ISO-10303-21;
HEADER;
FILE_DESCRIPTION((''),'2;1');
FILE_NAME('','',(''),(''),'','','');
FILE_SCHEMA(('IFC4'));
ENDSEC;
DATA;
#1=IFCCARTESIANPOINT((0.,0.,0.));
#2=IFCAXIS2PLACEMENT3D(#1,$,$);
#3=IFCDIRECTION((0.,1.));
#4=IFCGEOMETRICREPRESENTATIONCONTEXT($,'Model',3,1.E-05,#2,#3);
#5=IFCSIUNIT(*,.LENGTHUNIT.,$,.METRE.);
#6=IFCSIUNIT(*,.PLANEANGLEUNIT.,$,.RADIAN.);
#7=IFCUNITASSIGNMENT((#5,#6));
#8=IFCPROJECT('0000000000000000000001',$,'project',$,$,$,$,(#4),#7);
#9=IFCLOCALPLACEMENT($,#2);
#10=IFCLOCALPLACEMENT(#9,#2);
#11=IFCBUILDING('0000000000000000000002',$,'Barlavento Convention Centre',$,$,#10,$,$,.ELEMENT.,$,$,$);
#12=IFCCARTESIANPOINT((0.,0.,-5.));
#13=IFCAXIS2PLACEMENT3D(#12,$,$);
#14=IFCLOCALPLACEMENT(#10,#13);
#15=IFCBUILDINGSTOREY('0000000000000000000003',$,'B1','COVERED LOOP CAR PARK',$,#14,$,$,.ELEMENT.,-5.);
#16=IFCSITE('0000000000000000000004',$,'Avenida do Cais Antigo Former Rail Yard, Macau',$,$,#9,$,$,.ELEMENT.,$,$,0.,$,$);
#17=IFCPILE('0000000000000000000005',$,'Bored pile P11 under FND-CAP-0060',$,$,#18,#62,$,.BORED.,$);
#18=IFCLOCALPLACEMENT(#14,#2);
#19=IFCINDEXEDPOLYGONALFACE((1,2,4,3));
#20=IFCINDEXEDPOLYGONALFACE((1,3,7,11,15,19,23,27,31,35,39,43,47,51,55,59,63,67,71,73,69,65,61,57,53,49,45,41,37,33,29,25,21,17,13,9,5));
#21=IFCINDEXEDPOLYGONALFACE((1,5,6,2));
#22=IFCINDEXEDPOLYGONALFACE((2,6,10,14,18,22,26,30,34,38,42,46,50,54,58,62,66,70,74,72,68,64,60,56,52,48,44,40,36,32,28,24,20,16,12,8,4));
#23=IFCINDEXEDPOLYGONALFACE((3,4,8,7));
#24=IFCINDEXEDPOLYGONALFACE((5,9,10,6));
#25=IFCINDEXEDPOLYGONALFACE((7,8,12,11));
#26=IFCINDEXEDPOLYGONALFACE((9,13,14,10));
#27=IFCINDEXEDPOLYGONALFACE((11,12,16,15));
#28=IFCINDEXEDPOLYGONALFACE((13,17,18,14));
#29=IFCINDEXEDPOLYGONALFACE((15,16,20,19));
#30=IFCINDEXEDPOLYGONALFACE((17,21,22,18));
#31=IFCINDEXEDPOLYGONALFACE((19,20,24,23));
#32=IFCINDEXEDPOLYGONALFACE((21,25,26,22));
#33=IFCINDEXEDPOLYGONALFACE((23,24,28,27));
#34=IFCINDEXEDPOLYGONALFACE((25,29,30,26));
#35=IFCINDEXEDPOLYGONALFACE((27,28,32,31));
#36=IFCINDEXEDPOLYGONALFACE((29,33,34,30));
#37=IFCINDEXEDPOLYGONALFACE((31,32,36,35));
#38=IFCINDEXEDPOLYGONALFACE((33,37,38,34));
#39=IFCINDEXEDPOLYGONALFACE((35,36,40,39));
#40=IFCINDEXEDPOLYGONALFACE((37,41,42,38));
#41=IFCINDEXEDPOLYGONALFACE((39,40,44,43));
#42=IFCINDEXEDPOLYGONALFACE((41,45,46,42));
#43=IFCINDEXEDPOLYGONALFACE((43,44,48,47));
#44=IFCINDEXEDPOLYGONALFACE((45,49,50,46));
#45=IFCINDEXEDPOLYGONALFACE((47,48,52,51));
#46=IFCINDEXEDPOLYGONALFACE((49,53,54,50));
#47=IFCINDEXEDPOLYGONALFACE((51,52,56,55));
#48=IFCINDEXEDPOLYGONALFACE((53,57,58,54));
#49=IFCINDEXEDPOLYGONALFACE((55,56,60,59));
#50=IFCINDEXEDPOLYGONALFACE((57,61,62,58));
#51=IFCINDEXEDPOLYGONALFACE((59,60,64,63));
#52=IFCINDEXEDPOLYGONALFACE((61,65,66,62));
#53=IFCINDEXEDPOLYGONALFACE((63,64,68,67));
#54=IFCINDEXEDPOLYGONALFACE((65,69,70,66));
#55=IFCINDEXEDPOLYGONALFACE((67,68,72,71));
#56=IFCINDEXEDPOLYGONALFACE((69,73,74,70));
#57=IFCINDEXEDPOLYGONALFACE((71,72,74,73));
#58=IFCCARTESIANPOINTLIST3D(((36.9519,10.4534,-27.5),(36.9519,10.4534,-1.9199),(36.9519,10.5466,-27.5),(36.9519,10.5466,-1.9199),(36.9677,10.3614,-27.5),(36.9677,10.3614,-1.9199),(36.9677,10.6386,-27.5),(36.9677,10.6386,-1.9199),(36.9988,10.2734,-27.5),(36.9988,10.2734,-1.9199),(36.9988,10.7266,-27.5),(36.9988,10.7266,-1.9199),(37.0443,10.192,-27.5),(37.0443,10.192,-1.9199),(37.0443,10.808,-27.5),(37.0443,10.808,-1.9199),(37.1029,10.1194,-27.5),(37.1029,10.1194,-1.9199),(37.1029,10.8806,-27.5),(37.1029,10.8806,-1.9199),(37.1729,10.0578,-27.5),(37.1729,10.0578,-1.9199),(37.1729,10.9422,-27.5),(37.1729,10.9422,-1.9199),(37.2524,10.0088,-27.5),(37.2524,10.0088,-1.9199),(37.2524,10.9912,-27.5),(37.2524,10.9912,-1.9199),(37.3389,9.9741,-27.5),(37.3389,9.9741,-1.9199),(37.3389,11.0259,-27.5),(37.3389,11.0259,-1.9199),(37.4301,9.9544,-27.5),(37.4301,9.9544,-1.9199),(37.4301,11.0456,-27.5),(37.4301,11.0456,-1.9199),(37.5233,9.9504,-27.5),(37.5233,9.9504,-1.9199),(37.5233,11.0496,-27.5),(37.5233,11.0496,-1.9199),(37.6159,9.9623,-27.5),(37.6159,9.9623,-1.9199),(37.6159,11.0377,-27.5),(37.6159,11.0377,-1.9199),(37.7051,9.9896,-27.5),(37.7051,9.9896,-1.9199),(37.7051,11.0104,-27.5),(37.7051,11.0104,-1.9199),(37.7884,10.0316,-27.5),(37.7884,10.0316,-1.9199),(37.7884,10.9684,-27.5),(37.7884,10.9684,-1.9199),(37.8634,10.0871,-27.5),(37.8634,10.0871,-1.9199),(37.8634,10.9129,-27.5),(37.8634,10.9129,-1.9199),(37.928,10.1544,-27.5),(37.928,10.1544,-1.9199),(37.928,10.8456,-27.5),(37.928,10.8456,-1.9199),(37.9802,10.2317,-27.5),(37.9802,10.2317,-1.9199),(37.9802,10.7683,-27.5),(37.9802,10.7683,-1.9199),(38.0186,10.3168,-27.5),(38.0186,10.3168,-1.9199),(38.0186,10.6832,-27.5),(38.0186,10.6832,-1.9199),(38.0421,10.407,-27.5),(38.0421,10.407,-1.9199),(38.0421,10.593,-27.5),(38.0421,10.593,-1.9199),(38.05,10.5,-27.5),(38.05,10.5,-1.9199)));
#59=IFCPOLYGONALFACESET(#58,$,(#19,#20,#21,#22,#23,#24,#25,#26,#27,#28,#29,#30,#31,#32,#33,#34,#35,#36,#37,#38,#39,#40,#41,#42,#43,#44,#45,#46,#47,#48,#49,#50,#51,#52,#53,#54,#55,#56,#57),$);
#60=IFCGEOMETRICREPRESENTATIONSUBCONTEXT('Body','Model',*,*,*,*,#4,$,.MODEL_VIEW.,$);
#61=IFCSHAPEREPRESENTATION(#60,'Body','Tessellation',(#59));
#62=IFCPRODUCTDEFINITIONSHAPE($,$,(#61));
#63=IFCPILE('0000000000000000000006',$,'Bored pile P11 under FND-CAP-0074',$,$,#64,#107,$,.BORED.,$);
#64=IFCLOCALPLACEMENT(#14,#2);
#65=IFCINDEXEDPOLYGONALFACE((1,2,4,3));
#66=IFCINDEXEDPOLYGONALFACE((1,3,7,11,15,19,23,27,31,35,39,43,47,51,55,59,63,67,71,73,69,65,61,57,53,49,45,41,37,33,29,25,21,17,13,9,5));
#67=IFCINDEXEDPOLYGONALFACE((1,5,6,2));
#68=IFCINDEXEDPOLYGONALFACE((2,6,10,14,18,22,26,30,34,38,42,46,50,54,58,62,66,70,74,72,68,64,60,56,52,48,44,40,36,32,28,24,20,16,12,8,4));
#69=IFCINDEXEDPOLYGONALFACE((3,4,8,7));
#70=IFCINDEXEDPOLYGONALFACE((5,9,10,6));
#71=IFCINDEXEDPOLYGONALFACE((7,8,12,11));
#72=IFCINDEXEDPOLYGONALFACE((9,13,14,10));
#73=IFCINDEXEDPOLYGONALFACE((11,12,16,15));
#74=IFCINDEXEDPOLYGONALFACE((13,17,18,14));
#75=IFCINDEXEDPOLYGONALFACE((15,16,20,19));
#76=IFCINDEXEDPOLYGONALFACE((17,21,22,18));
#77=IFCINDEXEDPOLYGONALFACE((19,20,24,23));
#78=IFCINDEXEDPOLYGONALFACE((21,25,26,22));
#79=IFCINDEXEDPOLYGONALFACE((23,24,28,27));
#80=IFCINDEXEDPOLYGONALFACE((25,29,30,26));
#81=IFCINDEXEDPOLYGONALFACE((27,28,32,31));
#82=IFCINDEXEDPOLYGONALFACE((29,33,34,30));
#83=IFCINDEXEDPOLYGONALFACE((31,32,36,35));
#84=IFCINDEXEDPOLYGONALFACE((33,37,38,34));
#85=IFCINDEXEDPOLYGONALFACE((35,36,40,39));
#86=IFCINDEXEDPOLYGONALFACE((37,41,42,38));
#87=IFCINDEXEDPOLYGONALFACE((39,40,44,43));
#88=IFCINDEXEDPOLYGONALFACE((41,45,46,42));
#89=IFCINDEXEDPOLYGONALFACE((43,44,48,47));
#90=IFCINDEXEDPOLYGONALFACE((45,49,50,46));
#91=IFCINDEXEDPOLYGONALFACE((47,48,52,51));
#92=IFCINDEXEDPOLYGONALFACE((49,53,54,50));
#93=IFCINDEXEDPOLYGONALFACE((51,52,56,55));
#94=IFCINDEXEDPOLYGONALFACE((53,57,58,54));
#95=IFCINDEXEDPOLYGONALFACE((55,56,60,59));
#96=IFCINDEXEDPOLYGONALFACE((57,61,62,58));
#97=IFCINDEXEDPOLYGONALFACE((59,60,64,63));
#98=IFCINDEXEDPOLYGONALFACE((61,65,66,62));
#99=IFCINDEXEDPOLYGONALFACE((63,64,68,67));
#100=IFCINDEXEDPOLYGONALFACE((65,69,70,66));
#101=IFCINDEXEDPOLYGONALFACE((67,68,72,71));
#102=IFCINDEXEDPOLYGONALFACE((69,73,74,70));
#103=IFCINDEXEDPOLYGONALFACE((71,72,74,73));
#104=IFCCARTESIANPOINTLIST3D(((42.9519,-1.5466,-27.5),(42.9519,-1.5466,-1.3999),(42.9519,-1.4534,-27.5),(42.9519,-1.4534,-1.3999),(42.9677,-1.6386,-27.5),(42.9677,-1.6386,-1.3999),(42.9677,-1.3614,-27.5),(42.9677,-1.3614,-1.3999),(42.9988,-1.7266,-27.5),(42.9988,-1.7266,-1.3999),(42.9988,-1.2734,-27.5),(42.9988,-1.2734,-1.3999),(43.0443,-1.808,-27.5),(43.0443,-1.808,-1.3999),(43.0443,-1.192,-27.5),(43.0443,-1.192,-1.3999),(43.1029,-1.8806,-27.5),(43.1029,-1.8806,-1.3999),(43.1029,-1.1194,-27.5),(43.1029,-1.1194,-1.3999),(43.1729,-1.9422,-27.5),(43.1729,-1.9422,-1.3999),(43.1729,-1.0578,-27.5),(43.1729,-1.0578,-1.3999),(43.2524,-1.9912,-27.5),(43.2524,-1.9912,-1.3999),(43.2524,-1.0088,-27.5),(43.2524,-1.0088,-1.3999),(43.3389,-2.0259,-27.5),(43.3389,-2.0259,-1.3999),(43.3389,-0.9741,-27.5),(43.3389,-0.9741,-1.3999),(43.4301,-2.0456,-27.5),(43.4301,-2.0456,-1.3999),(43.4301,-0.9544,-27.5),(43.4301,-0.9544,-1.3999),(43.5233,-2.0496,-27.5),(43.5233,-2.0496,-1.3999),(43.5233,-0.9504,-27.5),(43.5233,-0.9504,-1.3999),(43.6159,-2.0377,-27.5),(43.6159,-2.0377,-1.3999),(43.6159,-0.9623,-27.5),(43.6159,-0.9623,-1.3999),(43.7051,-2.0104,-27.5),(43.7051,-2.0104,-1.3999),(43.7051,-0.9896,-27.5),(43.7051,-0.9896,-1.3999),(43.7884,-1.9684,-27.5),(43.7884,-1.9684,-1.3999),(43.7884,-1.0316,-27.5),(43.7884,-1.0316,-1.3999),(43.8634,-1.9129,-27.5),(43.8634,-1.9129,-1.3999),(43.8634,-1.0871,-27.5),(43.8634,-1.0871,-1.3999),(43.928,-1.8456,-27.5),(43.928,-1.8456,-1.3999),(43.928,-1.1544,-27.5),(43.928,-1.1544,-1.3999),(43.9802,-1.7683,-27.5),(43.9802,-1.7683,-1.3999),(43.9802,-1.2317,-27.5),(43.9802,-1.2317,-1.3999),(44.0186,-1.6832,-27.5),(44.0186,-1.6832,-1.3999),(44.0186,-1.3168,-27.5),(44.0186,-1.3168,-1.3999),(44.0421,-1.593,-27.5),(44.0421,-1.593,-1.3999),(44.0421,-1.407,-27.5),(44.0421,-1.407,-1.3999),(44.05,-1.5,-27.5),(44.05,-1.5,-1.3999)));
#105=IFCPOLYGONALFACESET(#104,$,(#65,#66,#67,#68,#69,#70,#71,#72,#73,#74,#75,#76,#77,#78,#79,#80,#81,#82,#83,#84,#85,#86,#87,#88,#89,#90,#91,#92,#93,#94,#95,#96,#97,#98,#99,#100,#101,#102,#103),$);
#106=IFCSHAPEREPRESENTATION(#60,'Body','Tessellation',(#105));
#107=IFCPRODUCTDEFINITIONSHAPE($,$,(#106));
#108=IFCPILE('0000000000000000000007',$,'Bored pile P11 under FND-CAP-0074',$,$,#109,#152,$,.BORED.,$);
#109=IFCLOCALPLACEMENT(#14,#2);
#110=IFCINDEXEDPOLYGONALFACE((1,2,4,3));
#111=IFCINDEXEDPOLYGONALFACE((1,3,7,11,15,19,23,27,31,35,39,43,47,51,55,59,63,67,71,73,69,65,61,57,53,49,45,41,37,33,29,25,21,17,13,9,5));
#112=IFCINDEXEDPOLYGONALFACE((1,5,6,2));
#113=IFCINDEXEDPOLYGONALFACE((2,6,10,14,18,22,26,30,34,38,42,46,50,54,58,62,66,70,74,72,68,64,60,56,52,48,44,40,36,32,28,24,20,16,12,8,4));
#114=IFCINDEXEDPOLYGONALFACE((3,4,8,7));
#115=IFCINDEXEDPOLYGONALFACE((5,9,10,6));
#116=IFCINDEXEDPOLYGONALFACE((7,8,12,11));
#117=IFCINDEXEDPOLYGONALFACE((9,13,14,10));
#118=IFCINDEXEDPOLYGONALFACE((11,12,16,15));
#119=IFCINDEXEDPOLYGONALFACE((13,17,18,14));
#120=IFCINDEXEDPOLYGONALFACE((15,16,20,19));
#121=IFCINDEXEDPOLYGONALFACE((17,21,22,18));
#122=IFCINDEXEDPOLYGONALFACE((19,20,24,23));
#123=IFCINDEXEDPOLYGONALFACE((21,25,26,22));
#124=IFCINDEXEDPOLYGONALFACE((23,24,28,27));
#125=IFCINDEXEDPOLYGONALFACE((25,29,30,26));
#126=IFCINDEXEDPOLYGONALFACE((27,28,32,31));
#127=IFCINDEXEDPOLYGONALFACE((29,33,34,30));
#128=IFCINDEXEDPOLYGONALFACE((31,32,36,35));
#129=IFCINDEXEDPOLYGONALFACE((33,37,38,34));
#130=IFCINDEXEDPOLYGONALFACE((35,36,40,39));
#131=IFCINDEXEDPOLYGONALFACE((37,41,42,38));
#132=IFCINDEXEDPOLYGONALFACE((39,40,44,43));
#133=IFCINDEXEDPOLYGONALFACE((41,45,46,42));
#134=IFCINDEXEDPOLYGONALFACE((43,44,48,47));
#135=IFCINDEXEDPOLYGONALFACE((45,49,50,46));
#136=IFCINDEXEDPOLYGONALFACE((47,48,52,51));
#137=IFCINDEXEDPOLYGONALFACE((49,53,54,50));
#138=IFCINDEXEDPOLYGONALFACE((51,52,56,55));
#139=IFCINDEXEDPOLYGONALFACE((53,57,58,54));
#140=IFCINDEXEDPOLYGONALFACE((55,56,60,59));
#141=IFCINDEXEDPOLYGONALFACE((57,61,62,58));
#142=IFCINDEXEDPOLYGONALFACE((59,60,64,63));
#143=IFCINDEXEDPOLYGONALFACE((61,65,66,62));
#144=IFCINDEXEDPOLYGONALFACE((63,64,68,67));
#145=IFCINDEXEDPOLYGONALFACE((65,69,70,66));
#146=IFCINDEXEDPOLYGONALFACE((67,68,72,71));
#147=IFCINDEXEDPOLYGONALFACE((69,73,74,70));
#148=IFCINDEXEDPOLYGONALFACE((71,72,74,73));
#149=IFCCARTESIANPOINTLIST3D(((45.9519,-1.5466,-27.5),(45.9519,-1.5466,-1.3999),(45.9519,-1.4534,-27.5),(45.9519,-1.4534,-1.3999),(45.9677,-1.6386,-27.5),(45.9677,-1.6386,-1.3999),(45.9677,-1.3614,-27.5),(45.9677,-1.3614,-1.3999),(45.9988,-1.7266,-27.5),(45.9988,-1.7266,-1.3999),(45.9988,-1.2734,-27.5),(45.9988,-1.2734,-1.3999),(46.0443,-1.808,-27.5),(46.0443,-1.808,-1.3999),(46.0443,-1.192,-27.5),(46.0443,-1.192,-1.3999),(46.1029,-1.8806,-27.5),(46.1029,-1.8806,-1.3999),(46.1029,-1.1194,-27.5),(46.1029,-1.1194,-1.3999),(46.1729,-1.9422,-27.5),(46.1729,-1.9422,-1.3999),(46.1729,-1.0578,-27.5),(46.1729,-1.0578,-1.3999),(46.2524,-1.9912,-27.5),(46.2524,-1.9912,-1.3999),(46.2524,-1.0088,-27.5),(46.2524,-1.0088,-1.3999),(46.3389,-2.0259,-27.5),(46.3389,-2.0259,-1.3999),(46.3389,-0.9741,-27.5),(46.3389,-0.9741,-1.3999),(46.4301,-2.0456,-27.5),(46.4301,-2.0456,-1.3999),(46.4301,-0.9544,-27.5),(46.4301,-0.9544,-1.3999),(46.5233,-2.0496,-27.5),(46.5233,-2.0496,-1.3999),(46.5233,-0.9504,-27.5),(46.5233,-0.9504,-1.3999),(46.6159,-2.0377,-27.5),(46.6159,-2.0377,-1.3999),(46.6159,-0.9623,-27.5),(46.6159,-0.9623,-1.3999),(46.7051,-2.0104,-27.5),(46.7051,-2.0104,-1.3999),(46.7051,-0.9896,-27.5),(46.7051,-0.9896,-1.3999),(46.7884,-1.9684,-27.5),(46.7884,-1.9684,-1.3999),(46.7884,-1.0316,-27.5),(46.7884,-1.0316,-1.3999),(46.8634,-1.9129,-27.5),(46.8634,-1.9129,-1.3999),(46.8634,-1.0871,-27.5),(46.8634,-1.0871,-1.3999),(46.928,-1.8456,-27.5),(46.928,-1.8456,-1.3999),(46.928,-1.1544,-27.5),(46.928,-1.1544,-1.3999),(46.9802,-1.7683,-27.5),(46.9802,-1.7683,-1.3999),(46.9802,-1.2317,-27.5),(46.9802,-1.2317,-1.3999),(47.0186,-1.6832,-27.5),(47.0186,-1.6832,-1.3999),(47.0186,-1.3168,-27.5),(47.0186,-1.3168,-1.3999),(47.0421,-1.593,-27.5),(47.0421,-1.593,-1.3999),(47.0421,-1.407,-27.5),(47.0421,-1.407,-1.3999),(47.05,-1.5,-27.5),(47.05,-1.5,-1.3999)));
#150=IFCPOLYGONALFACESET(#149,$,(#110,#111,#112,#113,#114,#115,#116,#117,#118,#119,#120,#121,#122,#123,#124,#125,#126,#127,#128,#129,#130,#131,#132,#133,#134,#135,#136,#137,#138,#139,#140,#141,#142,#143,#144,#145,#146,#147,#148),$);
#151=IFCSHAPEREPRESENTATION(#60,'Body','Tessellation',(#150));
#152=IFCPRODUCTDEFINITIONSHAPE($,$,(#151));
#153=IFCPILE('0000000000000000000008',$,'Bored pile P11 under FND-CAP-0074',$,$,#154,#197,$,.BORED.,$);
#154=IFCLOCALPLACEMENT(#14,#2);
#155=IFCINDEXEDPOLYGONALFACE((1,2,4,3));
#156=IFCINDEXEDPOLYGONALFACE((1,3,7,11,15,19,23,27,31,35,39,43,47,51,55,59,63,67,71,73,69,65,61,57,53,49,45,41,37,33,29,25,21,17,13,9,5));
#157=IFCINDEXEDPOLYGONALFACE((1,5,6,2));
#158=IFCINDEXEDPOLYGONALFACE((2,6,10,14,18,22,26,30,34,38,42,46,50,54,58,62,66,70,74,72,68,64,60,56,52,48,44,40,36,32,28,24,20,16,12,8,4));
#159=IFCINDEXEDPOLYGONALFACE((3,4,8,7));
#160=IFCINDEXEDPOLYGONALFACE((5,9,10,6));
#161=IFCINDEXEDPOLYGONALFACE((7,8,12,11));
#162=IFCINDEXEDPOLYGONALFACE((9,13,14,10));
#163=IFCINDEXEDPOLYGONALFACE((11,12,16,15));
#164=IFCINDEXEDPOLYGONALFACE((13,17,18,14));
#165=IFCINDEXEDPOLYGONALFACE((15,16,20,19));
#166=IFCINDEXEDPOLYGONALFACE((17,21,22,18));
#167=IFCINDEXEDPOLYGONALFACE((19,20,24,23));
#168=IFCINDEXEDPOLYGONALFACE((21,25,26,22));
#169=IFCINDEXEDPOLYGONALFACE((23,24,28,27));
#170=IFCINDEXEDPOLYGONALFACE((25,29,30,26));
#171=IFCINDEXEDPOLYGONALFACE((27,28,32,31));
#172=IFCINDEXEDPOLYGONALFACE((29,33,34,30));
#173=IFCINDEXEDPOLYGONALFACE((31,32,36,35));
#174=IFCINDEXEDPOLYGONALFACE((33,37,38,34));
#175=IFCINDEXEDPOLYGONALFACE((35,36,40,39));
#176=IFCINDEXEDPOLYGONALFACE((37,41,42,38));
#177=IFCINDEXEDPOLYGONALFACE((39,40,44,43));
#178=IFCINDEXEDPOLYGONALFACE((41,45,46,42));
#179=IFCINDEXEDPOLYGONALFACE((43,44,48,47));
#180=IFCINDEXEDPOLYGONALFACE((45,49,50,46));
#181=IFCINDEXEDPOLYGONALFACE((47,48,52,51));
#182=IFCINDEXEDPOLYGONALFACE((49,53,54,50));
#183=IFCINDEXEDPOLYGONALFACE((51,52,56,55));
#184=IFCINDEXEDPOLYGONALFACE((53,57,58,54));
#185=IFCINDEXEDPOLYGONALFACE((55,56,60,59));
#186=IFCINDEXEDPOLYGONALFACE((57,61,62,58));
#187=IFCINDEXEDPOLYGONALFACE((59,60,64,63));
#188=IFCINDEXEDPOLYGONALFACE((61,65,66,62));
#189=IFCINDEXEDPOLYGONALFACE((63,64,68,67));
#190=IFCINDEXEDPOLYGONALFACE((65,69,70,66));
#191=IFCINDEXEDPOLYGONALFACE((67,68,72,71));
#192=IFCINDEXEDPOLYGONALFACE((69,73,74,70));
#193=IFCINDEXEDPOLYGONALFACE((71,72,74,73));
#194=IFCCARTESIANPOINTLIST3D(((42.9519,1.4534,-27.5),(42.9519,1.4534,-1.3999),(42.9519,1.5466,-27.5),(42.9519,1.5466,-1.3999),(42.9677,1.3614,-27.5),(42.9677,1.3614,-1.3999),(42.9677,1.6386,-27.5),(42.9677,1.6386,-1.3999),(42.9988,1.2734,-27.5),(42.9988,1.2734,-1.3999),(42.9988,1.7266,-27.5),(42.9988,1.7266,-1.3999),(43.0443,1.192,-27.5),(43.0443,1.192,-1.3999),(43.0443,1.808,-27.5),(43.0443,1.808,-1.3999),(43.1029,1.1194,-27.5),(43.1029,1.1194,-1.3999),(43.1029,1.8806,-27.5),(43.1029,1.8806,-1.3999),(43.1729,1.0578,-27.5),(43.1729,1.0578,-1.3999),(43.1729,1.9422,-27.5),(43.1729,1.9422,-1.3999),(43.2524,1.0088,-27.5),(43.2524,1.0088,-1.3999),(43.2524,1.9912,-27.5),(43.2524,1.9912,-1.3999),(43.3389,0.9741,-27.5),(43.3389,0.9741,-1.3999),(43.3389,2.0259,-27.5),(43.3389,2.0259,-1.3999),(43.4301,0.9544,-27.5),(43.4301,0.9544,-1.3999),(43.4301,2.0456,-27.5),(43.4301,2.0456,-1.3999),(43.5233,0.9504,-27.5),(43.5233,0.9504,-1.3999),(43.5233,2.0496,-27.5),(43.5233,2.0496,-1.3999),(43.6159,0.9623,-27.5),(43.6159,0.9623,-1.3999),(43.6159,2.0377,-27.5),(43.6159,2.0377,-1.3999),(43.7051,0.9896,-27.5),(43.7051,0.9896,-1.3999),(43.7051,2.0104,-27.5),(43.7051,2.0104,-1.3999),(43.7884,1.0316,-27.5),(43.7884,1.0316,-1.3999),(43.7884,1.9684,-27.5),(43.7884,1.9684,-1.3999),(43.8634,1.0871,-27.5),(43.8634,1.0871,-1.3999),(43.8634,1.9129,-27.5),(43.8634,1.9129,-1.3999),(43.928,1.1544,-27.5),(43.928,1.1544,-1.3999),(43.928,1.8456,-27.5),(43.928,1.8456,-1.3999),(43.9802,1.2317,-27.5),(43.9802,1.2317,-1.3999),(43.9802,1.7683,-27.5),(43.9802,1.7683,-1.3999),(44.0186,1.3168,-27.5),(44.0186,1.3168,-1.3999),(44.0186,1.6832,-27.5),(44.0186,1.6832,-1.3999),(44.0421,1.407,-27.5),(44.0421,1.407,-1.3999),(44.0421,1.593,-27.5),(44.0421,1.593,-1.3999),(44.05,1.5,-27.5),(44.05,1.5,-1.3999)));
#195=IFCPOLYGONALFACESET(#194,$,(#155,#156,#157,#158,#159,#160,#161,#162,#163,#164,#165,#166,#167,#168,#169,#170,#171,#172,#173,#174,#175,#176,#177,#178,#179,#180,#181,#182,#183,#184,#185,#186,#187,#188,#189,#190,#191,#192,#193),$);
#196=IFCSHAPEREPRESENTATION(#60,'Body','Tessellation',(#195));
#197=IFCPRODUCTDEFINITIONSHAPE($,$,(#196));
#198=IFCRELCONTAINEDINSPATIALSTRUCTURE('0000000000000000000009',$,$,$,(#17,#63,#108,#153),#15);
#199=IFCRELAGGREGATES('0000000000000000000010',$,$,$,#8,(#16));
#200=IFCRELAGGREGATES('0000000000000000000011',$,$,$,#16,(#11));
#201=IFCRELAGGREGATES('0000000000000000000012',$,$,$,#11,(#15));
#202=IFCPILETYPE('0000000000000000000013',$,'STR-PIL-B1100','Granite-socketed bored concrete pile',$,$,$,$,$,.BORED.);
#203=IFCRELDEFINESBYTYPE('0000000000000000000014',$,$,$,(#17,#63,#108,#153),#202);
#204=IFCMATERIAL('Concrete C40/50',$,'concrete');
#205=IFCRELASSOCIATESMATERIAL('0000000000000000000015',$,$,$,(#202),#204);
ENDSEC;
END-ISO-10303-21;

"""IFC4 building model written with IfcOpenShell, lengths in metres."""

from ifc_helpers import new_model, si_unit, direction, frame, origin, origin_2d, place, context, subcontext, project, spatial, circle, extrude, material, material_profile, profile_set, type_object, element, save


model = new_model("IFC4")

# Units and contexts
model_context = context("Model", 3, precision=1e-05, world=origin(), true_north=direction((0.0, 1.0)))
body_context = subcontext(model_context, "Body", "Model", "MODEL_VIEW")
ifc_project = project(units=[si_unit("LENGTHUNIT", "METRE"), si_unit("PLANEANGLEUNIT", "RADIAN")], contexts=[model_context])

# Site, building, storey
site_placement = place(None, origin())
site = spatial("IfcSite", under=ifc_project, at=site_placement, Name="Avenida do Cais Antigo Former Rail Yard, Macau", CompositionType="ELEMENT", RefElevation=0.0)
building_placement = place(site_placement, origin())
building = spatial("IfcBuilding", under=site, at=building_placement, Name="Barlavento Convention Centre", CompositionType="ELEMENT")
storey_placement = place(building_placement, frame((0.0, 0.0, -5.0)))
storey = spatial("IfcBuildingStorey", under=building, at=storey_placement, Name="B1", Description="COVERED LOOP CAR PARK", CompositionType="ELEMENT", Elevation=-5.0)

# Shared definitions
ifc_material_1 = material(Name="Concrete C40/50", Category="concrete")

# Piles
ifc_material_profile_1 = material_profile(ifc_material_1, circle(Radius=0.55, at=origin_2d()), Name="BORED PILE 1100")
ifc_profile_set_1 = profile_set([ifc_material_profile_1], Name="Concrete C40/50")
pile_type_1 = type_object("IfcPileType", Name="STR-PIL-B1100", Description="Granite-socketed bored concrete pile", PredefinedType="BORED", material=ifc_profile_set_1)
for number, where, z_axis, x_axis, name in (
    (1, (37.5, 10.5, -1.9199), (0.0, 0.0, -1.0), (1.0, 0.0, 0.0), "Bored pile P11 under FND-CAP-0060"),
):
    element("IfcPile", number, at=place(storey_placement, frame(where, z_axis=z_axis, x_axis=x_axis)), inside=storey, type_object=pile_type_1, Name=name, PredefinedType="BORED", context=body_context, shape_type="SweptSolid", body=[
        extrude(circle(Radius=0.55, at=origin_2d()), origin(), (0.0, 0.0, 1.0), 25.5801),
    ])
for number, where, z_axis, x_axis, name in (
    (2, (43.5, -1.5, -1.3999), (0.0, 0.0, -1.0), (1.0, 0.0, 0.0), "Bored pile P11 under FND-CAP-0074"),
    (3, (46.5, -1.5, -1.3999), (0.0, 0.0, -1.0), (1.0, 0.0, 0.0), "Bored pile P11 under FND-CAP-0074"),
    (4, (43.5, 1.5, -1.3999), (0.0, 0.0, -1.0), (1.0, 0.0, 0.0), "Bored pile P11 under FND-CAP-0074"),
):
    element("IfcPile", number, at=place(storey_placement, frame(where, z_axis=z_axis, x_axis=x_axis)), inside=storey, type_object=pile_type_1, Name=name, PredefinedType="BORED", context=body_context, shape_type="SweptSolid", body=[
        extrude(circle(Radius=0.55, at=origin_2d()), origin(), (0.0, 0.0, 1.0), 26.1001),
    ])

save(model, "model.ifc")
